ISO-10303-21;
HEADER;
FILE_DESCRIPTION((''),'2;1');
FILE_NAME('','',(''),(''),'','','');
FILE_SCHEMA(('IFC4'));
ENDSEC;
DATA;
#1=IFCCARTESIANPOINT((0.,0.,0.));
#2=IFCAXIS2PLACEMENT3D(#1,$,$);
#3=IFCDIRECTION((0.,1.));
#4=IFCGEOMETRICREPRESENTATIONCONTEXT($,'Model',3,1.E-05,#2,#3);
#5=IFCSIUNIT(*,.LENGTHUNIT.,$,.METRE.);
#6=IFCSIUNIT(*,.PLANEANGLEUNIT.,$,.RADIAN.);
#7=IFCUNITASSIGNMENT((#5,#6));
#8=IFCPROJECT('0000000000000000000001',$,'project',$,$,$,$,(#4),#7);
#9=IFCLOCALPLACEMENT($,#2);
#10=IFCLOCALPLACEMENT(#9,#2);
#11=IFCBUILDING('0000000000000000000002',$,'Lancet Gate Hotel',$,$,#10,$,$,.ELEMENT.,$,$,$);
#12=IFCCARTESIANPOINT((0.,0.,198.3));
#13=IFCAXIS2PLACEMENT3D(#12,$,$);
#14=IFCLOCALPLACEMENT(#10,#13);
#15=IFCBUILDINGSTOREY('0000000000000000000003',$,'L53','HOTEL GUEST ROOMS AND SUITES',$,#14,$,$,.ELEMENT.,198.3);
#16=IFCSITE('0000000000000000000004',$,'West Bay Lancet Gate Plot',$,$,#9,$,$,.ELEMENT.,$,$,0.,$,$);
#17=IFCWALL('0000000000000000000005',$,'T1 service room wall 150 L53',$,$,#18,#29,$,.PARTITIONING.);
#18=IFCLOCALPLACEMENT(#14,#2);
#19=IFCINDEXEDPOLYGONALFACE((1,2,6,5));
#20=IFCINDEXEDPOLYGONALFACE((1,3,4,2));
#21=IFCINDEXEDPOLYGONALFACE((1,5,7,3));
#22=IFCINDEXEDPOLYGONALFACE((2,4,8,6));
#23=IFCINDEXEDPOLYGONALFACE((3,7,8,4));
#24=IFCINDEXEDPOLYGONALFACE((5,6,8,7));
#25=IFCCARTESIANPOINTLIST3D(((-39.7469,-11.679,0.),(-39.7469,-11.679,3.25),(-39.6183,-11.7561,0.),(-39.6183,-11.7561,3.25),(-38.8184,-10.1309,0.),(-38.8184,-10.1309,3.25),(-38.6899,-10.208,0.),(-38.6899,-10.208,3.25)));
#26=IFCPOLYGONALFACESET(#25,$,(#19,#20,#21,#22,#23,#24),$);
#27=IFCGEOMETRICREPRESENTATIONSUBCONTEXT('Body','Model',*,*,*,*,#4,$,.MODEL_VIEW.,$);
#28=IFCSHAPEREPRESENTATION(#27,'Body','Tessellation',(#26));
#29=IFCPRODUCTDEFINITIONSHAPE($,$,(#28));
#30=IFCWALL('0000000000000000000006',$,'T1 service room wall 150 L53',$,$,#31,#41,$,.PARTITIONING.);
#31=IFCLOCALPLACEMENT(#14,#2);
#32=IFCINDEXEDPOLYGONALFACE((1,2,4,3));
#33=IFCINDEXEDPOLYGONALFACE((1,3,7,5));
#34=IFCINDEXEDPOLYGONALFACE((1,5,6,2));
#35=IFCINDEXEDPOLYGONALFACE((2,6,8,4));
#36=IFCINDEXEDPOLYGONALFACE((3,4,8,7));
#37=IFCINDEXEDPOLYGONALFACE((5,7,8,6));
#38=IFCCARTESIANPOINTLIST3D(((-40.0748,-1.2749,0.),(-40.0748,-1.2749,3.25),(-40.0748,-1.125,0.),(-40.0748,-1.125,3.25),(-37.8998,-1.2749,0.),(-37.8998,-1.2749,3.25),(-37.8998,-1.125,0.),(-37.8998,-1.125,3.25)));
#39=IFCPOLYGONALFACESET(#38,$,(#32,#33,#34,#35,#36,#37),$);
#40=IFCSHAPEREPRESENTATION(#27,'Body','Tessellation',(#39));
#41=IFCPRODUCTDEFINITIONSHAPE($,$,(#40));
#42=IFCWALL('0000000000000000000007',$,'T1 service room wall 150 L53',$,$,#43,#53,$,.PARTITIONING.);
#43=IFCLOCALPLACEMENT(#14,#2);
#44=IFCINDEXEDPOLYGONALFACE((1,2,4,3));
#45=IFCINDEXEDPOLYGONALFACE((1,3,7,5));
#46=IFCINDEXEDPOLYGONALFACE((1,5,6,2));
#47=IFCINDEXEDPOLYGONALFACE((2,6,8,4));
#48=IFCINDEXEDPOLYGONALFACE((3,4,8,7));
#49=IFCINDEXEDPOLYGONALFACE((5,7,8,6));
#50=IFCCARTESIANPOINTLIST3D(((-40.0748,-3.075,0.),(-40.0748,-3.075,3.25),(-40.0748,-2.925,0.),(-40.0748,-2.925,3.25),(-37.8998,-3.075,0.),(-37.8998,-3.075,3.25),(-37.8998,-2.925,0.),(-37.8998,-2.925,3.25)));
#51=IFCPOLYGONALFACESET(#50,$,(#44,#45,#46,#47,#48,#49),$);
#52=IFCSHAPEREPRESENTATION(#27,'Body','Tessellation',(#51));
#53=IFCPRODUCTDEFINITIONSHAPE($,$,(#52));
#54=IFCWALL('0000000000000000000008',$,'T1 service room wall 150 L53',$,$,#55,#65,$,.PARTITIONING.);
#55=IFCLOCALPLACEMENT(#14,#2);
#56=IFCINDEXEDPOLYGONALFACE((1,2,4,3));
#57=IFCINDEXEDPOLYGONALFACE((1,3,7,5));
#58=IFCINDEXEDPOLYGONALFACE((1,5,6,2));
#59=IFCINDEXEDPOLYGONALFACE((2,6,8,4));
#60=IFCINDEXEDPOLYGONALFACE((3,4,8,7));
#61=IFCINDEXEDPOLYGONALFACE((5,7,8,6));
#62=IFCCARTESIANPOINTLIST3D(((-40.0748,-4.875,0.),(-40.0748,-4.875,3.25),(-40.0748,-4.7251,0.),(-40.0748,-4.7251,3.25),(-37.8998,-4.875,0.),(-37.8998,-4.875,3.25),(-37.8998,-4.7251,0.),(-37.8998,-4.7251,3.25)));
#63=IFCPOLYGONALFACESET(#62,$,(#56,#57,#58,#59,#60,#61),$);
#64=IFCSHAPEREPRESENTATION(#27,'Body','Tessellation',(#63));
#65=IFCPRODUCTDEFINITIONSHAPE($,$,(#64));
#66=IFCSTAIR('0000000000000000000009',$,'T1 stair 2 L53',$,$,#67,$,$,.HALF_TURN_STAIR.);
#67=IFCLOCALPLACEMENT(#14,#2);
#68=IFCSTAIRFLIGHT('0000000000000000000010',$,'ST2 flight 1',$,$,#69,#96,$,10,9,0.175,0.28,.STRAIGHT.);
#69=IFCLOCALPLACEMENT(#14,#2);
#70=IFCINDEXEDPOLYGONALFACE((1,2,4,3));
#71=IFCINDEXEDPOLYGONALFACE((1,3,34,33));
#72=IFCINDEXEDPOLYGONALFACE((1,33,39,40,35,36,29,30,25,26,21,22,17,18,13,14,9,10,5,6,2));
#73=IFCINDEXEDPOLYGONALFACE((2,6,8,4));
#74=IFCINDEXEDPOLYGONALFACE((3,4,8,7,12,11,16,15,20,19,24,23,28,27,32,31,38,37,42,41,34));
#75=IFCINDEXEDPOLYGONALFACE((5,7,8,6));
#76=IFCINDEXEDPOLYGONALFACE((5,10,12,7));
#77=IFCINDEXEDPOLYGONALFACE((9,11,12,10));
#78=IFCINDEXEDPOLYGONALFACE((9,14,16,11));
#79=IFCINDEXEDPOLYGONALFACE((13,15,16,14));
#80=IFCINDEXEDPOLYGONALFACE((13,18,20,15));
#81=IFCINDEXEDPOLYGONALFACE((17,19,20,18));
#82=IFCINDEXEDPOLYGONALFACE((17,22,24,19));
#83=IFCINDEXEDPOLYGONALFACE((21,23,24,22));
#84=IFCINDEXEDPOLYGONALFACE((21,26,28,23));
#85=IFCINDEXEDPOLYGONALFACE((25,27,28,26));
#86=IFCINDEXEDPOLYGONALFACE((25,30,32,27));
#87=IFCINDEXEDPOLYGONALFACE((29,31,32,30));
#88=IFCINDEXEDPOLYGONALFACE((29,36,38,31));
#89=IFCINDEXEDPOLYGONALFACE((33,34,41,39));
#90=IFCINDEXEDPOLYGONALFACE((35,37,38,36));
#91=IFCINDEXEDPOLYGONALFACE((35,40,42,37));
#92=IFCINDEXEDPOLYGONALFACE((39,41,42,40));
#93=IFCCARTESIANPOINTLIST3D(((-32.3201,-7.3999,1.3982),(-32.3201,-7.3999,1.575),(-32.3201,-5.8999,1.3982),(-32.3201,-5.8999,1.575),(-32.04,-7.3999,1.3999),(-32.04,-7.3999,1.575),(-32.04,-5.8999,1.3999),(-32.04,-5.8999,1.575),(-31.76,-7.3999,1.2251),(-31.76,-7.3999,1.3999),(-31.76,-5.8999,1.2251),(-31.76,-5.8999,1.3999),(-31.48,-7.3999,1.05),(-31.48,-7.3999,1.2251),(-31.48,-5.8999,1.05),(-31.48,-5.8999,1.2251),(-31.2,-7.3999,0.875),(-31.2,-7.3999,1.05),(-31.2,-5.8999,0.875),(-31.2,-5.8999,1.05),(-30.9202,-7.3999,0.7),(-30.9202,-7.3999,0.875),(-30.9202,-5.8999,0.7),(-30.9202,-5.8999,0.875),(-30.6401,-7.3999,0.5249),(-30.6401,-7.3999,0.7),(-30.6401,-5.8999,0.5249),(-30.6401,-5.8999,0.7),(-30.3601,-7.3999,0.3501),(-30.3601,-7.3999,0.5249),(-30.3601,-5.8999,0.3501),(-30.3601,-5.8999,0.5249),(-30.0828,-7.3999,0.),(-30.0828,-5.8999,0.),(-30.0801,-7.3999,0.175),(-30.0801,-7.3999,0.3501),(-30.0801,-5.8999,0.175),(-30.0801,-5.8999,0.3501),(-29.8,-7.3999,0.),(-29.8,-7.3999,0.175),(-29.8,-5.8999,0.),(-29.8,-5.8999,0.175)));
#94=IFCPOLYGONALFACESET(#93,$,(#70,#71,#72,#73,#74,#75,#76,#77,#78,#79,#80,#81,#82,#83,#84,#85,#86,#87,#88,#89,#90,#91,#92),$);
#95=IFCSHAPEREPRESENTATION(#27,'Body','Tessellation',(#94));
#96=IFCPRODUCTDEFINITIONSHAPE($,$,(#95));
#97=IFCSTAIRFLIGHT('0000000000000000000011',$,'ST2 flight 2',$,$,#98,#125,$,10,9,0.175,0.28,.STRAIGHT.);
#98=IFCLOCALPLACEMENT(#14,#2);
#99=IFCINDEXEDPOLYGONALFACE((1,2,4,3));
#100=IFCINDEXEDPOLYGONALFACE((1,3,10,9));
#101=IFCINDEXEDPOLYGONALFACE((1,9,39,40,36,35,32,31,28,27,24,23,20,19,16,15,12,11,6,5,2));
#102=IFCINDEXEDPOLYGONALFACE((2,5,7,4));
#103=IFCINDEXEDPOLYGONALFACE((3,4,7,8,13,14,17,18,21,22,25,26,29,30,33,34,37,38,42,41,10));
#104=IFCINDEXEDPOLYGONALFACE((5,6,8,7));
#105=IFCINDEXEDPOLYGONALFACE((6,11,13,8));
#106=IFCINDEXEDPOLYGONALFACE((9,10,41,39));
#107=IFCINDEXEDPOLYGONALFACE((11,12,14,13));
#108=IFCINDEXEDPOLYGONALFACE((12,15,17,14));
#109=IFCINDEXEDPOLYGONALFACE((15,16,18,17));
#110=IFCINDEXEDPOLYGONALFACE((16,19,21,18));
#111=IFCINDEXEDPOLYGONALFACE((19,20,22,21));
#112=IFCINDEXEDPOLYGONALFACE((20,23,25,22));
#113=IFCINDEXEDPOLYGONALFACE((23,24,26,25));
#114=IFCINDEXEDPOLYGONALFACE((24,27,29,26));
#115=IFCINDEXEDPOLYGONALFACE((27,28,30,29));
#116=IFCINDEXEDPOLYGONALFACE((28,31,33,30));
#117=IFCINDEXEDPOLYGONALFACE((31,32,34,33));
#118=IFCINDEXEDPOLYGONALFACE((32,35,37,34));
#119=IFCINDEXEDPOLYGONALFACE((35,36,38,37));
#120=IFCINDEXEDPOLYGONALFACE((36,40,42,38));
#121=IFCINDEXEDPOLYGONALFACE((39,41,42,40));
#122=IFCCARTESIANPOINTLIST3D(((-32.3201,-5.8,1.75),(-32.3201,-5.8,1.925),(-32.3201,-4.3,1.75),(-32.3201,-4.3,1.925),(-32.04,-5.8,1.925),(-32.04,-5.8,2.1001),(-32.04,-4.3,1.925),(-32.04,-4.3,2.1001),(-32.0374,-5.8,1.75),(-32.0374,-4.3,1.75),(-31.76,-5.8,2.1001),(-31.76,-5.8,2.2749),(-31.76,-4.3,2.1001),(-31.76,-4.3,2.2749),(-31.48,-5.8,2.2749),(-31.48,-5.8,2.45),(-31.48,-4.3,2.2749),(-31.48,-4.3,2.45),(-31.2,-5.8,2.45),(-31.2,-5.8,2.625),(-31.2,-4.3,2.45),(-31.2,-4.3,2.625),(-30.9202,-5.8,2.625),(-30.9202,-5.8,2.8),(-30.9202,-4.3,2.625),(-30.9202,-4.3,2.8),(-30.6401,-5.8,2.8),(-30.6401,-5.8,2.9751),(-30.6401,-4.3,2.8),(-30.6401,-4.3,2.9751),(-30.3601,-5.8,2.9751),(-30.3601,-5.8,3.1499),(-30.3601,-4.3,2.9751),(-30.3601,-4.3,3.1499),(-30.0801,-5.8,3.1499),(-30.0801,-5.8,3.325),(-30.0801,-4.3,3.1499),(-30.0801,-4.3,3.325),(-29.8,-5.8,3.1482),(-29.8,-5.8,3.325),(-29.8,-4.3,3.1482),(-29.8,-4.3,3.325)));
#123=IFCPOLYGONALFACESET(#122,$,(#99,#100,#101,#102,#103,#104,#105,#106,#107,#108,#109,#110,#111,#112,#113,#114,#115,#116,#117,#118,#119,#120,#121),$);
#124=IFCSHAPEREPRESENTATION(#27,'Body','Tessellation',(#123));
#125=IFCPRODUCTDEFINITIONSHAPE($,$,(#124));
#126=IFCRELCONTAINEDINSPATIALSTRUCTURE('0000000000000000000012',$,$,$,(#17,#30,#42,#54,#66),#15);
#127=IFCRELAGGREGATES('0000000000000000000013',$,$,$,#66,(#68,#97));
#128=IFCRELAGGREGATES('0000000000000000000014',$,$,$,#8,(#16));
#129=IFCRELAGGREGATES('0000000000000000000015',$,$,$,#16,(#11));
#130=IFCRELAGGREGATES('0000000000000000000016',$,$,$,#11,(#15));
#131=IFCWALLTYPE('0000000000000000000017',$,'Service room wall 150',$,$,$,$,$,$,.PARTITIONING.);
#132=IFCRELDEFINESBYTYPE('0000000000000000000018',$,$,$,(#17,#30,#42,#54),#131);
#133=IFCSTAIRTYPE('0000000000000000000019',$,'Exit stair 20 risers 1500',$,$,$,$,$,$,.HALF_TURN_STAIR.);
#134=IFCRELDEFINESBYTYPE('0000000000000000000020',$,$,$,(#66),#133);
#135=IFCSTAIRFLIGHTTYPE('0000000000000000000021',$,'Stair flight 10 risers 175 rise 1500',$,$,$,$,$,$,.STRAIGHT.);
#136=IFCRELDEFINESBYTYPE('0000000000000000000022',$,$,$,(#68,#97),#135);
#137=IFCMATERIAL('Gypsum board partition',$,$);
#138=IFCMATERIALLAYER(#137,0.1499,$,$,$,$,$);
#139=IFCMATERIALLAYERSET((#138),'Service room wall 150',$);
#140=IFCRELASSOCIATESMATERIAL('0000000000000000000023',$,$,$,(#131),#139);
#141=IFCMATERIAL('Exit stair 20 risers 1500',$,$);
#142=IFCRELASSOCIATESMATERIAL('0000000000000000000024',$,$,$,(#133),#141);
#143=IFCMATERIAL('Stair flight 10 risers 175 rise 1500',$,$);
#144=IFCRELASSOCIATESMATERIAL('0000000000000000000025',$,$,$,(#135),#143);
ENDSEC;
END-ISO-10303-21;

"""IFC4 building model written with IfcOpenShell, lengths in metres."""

from ifc_helpers import new_model, si_unit, direction, frame, frame_2d, origin, place, context, subcontext, project, spatial, polyline, rectangle, outline, extrude, material, layer, layer_set, type_object, element, aggregate, save


model = new_model("IFC4")

# Units and contexts
model_context = context("Model", 3, precision=1e-05, world=origin(), true_north=direction((0.0, 1.0)))
body_context = subcontext(model_context, "Body", "Model", "MODEL_VIEW")
ifc_project = project(units=[si_unit("LENGTHUNIT", "METRE"), si_unit("PLANEANGLEUNIT", "RADIAN")], contexts=[model_context])

# Site, building, storey
site_placement = place(None, origin())
site = spatial("IfcSite", under=ifc_project, at=site_placement, Name="West Bay Lancet Gate Plot", CompositionType="ELEMENT", RefElevation=0.0)
building_placement = place(site_placement, origin())
building = spatial("IfcBuilding", under=site, at=building_placement, Name="Lancet Gate Hotel", CompositionType="ELEMENT")
storey_placement = place(building_placement, frame((0.0, 0.0, 198.3)))
storey = spatial("IfcBuildingStorey", under=building, at=storey_placement, Name="L53", Description="HOTEL GUEST ROOMS AND SUITES", CompositionType="ELEMENT", Elevation=198.3)

# Walls
ifc_material_1 = material(Name="Gypsum board partition")
ifc_layer_1 = layer(ifc_material_1, 0.1499)
ifc_layer_set_1 = layer_set([ifc_layer_1], Name="Service room wall 150")
wall_type_1 = type_object("IfcWallType", Name="Service room wall 150", PredefinedType="PARTITIONING", material=ifc_layer_set_1)
wall_1_placement = place(storey_placement, frame((-39.6826, -11.7175, 0.0), z_axis=(0.0, 0.0, 1.0), x_axis=(0.514337, 0.857588, 0.0)))
element("IfcWall", 1, at=wall_1_placement, inside=storey, type_object=wall_type_1, Name="T1 service room wall 150 L53", PredefinedType="PARTITIONING", context=body_context, shape_type="SweptSolid", body=[
    extrude(rectangle(XDim=1.8052, YDim=0.1499, at=frame_2d((0.9026, 0.0))), origin(), (0.0, 0.0, 1.0), 3.25),
])
for number, where, z_axis, x_axis, name in (
    (2, (-37.8999, -1.2, 0.0), (0.0, 0.0, 1.0), (-1.0, 0.0, 0.0), "T1 service room wall 150 L53"),
    (3, (-37.8999, -3.0, 0.0), (0.0, 0.0, 1.0), (-1.0, 0.0, 0.0), "T1 service room wall 150 L53"),
    (4, (-37.8999, -4.8, 0.0), (0.0, 0.0, 1.0), (-1.0, 0.0, 0.0), "T1 service room wall 150 L53"),
):
    element("IfcWall", number, at=place(storey_placement, frame(where, z_axis=z_axis, x_axis=x_axis)), inside=storey, type_object=wall_type_1, Name=name, PredefinedType="PARTITIONING", context=body_context, shape_type="SweptSolid", body=[
        extrude(rectangle(XDim=2.175, YDim=0.1499, at=frame_2d((1.0874, 0.0))), origin(), (0.0, 0.0, 1.0), 3.25),
    ])

# Stair, stair flights
ifc_material_2 = material(Name="Exit stair 20 risers 1500")
stair_type = type_object("IfcStairType", Name="Exit stair 20 risers 1500", PredefinedType="HALF_TURN_STAIR", material=ifc_material_2)
stair_placement = place(storey_placement, origin())
stair = element("IfcStair", 5, at=stair_placement, inside=storey, type_object=stair_type, Name="T1 stair 2 L53", PredefinedType="HALF_TURN_STAIR")
ifc_material_3 = material(Name="Stair flight 10 risers 175 rise 1500")
stair_flight_type = type_object("IfcStairFlightType", Name="Stair flight 10 risers 175 rise 1500", PredefinedType="STRAIGHT", material=ifc_material_3)
stair_flight_1_placement = place(storey_placement, frame((-29.8, -6.6499, 0.0), z_axis=(0.0, 0.0, 1.0), x_axis=(-1.0, 0.0, 0.0)))
stair_flight_1 = element("IfcStairFlight", 6, at=stair_flight_1_placement, type_object=stair_flight_type, Name="ST2 flight 1", NumberOfRisers=10, NumberOfTreads=9, PredefinedType="STRAIGHT", RiserHeight=0.175, TreadLength=0.28, context=body_context, shape_type="SweptSolid", body=[
    extrude(outline(polyline([(0.0, 0.0), (0.0, 0.175), (0.28, 0.175), (0.28, 0.3501), (0.5601, 0.3501), (0.5601, 0.5249), (0.8401, 0.5249), (0.8401, 0.7), (1.1201, 0.7), (1.1201, 0.875), (1.3999, 0.875), (1.3999, 1.05), (1.6799, 1.05), (1.6799, 1.2251), (1.96, 1.2251), (1.96, 1.3999), (2.24, 1.3999), (2.24, 1.575), (2.52, 1.575), (2.52, 1.75), (2.52, 1.3982), (0.2827, 0.0), (0.0, 0.0)])), frame((0.0, 0.75, 0.0), z_axis=(0.0, -1.0, 0.0), x_axis=(1.0, 0.0, 0.0)), (0.0, 0.0, 1.0), 1.5),
])
stair_flight_2_placement = place(storey_placement, frame((-32.3201, -5.05, 1.75), z_axis=(0.0, 0.0, 1.0), x_axis=(1.0, 0.0, 0.0)))
stair_flight_2 = element("IfcStairFlight", 7, at=stair_flight_2_placement, type_object=stair_flight_type, Name="ST2 flight 2", NumberOfRisers=10, NumberOfTreads=9, PredefinedType="STRAIGHT", RiserHeight=0.175, TreadLength=0.28, context=body_context, shape_type="SweptSolid", body=[
    extrude(outline(polyline([(0.0, 0.0), (0.0, 0.175), (0.28, 0.175), (0.28, 0.3501), (0.5601, 0.3501), (0.5601, 0.5249), (0.8401, 0.5249), (0.8401, 0.7), (1.1201, 0.7), (1.1201, 0.875), (1.3999, 0.875), (1.3999, 1.05), (1.6799, 1.05), (1.6799, 1.2251), (1.96, 1.2251), (1.96, 1.3999), (2.24, 1.3999), (2.24, 1.575), (2.52, 1.575), (2.52, 1.75), (2.52, 1.3982), (0.2827, 0.0), (0.0, 0.0)])), frame((0.0, 0.75, 0.0), z_axis=(0.0, -1.0, 0.0), x_axis=(1.0, 0.0, 0.0)), (0.0, 0.0, 1.0), 1.5),
])
aggregate(stair, [stair_flight_1, stair_flight_2])

save(model, "model.ifc")
